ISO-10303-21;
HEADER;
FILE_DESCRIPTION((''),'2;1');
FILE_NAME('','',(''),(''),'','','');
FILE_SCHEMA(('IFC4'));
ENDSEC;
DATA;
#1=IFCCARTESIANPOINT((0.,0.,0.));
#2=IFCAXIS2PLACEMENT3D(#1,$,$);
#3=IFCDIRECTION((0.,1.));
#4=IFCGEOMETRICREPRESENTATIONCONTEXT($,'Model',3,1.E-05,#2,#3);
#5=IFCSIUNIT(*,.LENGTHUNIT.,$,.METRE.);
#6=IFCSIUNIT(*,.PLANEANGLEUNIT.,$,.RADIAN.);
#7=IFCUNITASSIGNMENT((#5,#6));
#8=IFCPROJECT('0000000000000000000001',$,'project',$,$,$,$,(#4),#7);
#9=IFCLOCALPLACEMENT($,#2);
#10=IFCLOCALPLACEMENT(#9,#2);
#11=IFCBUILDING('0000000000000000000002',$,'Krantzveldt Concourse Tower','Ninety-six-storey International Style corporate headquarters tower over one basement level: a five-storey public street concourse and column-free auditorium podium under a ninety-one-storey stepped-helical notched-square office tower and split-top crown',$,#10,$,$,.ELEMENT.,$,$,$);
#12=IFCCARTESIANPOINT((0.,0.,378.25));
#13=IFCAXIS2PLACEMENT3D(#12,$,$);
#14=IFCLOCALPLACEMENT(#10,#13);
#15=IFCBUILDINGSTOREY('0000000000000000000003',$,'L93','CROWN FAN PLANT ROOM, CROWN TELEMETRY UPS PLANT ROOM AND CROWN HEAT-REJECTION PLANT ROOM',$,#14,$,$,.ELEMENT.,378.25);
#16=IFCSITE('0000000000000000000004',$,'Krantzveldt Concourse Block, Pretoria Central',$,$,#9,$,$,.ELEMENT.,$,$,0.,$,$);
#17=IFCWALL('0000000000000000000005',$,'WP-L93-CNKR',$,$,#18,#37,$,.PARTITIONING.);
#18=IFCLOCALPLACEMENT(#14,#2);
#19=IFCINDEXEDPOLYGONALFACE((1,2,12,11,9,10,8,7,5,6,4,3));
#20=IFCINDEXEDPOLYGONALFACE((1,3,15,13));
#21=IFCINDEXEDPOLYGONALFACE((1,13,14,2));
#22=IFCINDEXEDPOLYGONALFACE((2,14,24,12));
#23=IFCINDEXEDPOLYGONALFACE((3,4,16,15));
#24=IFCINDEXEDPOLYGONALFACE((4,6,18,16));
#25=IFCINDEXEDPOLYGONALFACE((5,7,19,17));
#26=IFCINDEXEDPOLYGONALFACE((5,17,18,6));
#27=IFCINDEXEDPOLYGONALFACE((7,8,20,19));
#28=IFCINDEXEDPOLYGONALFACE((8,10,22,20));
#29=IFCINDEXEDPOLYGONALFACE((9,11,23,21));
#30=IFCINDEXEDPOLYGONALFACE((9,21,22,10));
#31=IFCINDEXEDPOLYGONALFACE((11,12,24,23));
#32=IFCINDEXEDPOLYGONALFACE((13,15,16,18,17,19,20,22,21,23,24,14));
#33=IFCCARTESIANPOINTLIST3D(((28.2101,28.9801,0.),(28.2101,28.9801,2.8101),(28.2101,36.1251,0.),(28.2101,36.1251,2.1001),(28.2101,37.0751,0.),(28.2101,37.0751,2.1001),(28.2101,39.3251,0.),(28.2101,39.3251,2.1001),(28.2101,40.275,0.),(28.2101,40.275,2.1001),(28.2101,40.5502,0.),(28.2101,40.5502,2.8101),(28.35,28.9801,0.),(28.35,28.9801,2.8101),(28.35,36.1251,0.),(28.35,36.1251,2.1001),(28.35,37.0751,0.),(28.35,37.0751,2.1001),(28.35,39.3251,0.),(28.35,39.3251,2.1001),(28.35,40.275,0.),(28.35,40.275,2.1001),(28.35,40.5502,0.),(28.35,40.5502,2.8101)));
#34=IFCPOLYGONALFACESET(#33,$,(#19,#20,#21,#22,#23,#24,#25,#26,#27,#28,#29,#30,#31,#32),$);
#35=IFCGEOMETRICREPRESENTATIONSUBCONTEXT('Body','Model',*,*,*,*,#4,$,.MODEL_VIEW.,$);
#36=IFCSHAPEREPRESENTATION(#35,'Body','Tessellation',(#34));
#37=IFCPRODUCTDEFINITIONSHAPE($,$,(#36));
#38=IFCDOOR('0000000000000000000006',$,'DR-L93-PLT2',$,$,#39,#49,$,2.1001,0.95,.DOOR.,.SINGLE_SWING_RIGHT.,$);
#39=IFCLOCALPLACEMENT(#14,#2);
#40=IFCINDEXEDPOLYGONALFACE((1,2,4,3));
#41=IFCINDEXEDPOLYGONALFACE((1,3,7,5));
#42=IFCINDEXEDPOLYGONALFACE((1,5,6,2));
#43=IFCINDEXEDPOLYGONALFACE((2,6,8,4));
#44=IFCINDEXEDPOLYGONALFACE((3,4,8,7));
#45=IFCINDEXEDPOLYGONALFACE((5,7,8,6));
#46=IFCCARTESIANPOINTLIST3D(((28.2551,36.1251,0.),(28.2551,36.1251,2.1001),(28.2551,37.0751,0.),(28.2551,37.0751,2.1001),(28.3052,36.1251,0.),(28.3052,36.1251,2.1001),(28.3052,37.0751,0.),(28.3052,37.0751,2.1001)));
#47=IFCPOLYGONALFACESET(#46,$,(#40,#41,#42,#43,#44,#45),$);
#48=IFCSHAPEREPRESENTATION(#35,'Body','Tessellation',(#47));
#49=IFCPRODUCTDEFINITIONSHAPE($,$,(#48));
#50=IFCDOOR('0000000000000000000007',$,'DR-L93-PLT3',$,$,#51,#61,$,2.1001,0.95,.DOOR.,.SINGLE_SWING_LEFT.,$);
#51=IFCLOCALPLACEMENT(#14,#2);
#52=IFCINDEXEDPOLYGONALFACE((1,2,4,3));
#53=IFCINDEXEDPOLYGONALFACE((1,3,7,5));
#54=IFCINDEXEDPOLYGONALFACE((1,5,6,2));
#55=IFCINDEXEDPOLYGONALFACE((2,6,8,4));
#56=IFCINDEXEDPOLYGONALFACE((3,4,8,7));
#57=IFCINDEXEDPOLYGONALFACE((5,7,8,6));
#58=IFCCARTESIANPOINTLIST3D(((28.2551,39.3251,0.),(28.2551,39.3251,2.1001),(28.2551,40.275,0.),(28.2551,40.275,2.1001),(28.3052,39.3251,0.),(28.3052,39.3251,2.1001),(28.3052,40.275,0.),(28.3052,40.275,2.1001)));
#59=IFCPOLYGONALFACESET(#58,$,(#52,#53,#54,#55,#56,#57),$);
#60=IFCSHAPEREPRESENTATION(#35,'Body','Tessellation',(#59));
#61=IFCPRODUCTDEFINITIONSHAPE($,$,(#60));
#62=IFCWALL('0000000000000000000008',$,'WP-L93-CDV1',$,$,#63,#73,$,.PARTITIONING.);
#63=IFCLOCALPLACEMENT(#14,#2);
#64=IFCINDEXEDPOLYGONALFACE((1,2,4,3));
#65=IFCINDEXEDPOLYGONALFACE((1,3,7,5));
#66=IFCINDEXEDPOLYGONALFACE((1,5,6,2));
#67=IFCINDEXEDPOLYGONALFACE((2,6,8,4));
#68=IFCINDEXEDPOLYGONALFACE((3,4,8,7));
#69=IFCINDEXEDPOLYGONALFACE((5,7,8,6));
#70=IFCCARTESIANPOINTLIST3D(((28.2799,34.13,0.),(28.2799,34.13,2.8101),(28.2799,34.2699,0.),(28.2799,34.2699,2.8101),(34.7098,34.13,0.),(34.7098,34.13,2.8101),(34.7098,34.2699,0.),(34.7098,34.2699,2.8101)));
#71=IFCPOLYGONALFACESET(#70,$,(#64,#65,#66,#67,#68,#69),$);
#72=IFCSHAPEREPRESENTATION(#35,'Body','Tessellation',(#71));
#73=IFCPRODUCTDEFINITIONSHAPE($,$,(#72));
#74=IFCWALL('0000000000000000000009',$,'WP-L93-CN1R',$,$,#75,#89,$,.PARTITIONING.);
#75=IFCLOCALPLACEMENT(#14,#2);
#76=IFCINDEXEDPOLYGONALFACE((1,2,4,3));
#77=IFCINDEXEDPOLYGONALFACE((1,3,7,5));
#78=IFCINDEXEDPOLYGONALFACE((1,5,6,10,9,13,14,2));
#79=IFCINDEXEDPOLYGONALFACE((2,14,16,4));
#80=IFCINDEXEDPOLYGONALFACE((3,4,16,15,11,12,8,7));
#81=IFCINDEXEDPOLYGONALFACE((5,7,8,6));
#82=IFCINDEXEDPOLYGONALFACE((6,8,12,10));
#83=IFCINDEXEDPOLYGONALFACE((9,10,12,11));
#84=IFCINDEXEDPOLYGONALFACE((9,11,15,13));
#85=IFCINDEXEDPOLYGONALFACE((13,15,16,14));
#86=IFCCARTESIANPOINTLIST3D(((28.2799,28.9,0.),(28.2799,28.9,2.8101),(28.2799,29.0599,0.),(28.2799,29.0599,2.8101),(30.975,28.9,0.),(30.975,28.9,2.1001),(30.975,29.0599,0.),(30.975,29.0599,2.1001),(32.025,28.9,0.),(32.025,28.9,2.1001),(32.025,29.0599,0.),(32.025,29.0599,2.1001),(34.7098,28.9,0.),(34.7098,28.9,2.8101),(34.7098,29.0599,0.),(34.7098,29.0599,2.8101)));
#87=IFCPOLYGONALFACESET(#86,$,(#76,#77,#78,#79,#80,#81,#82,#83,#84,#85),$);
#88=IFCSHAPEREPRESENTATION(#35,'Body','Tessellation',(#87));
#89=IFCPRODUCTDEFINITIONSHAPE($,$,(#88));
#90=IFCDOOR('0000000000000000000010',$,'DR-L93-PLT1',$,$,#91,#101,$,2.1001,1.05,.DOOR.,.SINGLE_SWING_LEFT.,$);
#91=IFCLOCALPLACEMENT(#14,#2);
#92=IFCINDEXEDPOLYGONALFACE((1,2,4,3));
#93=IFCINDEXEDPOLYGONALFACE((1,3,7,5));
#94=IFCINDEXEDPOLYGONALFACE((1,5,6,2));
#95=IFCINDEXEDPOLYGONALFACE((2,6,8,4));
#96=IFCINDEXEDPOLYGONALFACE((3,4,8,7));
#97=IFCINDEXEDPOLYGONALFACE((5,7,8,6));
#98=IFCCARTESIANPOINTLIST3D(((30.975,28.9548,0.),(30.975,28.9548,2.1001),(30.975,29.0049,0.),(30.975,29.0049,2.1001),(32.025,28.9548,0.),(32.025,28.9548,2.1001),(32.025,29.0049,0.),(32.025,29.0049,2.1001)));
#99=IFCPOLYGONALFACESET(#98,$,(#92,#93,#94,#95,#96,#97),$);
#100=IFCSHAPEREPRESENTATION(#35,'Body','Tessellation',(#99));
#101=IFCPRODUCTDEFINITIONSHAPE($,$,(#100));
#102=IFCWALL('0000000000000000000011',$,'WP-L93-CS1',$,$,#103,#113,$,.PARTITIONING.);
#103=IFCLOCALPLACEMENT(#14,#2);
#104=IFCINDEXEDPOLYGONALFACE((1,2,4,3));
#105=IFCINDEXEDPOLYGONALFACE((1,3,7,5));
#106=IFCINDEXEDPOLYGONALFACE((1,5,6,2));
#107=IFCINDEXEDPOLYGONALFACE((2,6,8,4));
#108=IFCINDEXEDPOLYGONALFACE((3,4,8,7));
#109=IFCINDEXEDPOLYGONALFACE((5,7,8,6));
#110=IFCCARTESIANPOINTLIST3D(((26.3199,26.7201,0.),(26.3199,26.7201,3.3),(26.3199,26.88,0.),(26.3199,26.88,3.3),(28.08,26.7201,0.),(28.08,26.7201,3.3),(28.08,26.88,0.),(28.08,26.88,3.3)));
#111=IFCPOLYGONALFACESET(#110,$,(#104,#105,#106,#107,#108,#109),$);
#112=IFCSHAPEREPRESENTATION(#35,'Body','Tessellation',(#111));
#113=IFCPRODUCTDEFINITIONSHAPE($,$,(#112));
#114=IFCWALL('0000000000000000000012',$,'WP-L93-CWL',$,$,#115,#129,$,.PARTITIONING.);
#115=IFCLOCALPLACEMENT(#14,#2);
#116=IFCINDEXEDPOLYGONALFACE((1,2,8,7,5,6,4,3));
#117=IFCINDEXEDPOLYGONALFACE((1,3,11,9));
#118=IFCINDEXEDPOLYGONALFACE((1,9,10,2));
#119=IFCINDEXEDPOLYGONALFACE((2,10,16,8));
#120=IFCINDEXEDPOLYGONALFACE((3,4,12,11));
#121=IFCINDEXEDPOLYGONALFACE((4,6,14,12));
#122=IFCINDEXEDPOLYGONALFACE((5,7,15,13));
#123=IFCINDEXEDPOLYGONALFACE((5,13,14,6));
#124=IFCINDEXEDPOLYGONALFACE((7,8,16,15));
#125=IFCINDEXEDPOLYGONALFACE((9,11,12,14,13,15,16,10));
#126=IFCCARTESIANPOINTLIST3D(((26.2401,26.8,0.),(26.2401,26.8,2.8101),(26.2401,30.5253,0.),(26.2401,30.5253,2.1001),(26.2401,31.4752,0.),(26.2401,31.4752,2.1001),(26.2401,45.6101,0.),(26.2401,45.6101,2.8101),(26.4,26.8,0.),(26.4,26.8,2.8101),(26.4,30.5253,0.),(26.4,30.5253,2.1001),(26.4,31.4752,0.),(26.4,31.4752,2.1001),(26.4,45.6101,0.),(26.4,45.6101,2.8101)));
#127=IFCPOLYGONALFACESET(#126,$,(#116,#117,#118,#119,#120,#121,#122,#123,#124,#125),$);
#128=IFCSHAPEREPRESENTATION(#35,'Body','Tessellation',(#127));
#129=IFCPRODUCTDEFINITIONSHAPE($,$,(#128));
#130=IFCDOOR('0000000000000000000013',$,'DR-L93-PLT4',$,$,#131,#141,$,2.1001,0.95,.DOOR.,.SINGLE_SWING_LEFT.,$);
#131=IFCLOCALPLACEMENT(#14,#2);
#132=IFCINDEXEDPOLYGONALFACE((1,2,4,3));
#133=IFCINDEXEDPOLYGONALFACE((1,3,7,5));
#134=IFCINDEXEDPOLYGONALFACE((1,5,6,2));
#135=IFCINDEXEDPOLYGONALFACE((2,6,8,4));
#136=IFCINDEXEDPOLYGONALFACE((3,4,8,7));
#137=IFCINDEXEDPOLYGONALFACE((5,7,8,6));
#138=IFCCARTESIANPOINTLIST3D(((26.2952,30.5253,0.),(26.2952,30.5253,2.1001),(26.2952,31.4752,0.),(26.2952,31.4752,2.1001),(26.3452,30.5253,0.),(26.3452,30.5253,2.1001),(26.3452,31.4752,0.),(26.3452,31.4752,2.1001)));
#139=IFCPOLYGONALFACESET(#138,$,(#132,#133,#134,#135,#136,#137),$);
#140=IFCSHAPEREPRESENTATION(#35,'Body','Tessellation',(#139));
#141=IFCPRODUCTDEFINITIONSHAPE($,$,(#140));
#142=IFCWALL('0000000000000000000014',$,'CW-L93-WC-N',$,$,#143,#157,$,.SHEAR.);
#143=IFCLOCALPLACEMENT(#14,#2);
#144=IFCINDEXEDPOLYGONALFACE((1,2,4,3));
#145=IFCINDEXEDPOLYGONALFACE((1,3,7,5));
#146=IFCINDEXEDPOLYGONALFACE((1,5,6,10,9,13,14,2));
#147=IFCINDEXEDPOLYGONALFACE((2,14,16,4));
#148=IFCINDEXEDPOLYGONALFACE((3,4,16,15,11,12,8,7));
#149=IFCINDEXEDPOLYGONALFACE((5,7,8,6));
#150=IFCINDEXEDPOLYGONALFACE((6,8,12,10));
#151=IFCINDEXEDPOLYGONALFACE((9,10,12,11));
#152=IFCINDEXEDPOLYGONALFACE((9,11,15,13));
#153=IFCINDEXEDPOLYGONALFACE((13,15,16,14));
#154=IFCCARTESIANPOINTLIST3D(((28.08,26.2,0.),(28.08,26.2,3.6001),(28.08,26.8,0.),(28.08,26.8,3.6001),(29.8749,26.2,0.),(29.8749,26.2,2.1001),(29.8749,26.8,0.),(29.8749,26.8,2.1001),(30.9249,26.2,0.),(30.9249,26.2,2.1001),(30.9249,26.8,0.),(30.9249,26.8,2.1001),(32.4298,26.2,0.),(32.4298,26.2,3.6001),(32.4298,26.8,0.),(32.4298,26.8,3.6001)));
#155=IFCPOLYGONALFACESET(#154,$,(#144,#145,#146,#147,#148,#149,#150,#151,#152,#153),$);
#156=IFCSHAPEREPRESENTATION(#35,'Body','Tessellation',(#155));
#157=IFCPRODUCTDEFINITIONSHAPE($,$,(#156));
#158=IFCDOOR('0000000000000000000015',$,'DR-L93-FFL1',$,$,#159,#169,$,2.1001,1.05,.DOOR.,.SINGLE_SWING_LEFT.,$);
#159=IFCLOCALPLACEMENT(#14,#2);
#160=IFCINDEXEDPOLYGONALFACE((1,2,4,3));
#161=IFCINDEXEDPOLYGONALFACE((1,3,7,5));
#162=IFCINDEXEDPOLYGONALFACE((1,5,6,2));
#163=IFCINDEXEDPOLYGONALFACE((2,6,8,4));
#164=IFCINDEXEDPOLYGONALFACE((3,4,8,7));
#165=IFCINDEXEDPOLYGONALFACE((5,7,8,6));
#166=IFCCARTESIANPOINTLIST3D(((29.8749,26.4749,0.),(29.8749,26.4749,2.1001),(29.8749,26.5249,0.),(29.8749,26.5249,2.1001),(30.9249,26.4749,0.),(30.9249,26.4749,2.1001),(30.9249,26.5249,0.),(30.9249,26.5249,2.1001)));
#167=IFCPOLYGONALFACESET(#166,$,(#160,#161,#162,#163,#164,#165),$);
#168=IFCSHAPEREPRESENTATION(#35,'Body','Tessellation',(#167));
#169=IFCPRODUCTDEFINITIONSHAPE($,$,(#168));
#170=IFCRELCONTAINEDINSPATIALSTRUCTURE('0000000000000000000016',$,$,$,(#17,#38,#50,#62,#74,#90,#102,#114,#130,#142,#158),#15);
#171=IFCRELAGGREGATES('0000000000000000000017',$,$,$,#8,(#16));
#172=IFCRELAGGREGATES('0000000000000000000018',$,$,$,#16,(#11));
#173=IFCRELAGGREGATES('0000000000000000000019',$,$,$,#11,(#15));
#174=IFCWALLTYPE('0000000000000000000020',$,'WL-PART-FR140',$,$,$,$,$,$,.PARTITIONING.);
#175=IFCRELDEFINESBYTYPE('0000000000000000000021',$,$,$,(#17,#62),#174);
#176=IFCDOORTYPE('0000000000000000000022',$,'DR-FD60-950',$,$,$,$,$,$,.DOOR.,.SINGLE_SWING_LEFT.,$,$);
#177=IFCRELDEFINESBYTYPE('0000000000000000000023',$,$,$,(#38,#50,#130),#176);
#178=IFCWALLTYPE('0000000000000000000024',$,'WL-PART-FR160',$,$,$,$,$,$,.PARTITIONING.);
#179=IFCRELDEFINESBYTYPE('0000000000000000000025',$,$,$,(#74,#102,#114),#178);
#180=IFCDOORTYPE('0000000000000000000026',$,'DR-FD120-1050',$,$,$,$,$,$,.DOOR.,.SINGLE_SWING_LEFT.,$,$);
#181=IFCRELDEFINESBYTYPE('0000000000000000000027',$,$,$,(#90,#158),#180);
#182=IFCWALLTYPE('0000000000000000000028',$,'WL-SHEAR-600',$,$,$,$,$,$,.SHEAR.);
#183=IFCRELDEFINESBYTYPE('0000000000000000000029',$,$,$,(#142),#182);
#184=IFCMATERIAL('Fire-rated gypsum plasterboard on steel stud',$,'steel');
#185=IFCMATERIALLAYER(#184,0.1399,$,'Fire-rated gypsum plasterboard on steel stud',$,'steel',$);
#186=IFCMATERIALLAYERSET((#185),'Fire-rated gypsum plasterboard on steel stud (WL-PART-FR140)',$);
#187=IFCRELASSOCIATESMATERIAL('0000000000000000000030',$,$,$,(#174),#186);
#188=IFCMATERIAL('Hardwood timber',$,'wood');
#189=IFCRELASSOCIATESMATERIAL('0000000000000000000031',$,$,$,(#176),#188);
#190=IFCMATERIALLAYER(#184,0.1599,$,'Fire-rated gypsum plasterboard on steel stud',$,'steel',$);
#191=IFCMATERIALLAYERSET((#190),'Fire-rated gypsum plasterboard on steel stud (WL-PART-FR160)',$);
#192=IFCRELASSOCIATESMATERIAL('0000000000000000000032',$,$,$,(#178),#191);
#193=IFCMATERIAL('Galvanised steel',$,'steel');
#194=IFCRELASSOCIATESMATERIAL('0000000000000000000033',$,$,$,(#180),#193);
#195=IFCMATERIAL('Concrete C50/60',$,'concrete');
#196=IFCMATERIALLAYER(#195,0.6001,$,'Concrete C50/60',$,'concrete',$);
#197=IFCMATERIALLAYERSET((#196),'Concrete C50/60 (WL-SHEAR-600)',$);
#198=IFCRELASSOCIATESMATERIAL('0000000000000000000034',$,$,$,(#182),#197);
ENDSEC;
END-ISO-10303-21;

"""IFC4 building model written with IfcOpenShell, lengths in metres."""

from ifc_helpers import new_model, si_unit, direction, frame, frame_2d, origin, place, context, subcontext, project, spatial, rectangle, extrude, material, layer, layer_set, type_object, element, fill, save


model = new_model("IFC4")

# Units and contexts
model_context = context("Model", 3, precision=1e-05, world=origin(), true_north=direction((0.0, 1.0)))
body_context = subcontext(model_context, "Body", "Model", "MODEL_VIEW")
ifc_project = project(units=[si_unit("LENGTHUNIT", "METRE"), si_unit("PLANEANGLEUNIT", "RADIAN")], contexts=[model_context])

# Site, building, storey
site_placement = place(None, origin())
site = spatial("IfcSite", under=ifc_project, at=site_placement, Name="Krantzveldt Concourse Block, Pretoria Central", CompositionType="ELEMENT", RefElevation=0.0)
building_placement = place(site_placement, origin())
building = spatial("IfcBuilding", under=site, at=building_placement, Name="Krantzveldt Concourse Tower", Description="Ninety-six-storey International Style corporate headquarters tower over one basement level: a five-storey public street concourse and column-free auditorium podium under a ninety-one-storey stepped-helical notched-square office tower and split-top crown", CompositionType="ELEMENT")
storey_placement = place(building_placement, frame((0.0, 0.0, 378.25)))
storey = spatial("IfcBuildingStorey", under=building, at=storey_placement, Name="L93", Description="CROWN FAN PLANT ROOM, CROWN TELEMETRY UPS PLANT ROOM AND CROWN HEAT-REJECTION PLANT ROOM", CompositionType="ELEMENT", Elevation=378.25)

# Shared definitions
ifc_material_1 = material(Name="Fire-rated gypsum plasterboard on steel stud", Category="steel")
ifc_layer_1 = layer(ifc_material_1, 0.1399, Name="Fire-rated gypsum plasterboard on steel stud", Category="steel")
ifc_layer_set_1 = layer_set([ifc_layer_1], Name="Fire-rated gypsum plasterboard on steel stud (WL-PART-FR140)")
wall_type_1 = type_object("IfcWallType", Name="WL-PART-FR140", PredefinedType="PARTITIONING", material=ifc_layer_set_1)

# Wall, openings, doors
wall_1_placement = place(storey_placement, frame((28.28, 28.98, 0.0), z_axis=(0.0, 0.0, 1.0), x_axis=(0.0, 1.0, 0.0)))
wall_1 = element("IfcWall", 1, at=wall_1_placement, inside=storey, type_object=wall_type_1, Name="WP-L93-CNKR", PredefinedType="PARTITIONING", context=body_context, shape_type="SweptSolid", body=[
    extrude(rectangle(XDim=11.5701, YDim=0.1399, at=frame_2d((5.7852, 0.0))), origin(), (0.0, 0.0, 1.0), 2.8101),
])
opening_1_placement = place(wall_1_placement, frame((7.145, 0.0, 0.0)))
opening_1 = element("IfcOpeningElement", 2, at=opening_1_placement, cuts=wall_1, PredefinedType="OPENING", context=body_context, shape_type="SweptSolid", body=[
    extrude(rectangle(XDim=0.95, YDim=2.1001, at=frame_2d((0.4751, 1.05))), frame((0.0, 0.0801, 0.0), z_axis=(0.0, -1.0, 0.0), x_axis=(1.0, 0.0, 0.0)), (0.0, 0.0, 1.0), 0.1599),
])
opening_2_placement = place(wall_1_placement, frame((10.345, 0.0, 0.0)))
opening_2 = element("IfcOpeningElement", 3, at=opening_2_placement, cuts=wall_1, PredefinedType="OPENING", context=body_context, shape_type="SweptSolid", body=[
    extrude(rectangle(XDim=0.95, YDim=2.1001, at=frame_2d((0.4751, 1.05))), frame((0.0, 0.0801, 0.0), z_axis=(0.0, -1.0, 0.0), x_axis=(1.0, 0.0, 0.0)), (0.0, 0.0, 1.0), 0.1599),
])
ifc_material_2 = material(Name="Hardwood timber", Category="wood")
door_type_1 = type_object("IfcDoorType", Name="DR-FD60-950", OperationType="SINGLE_SWING_LEFT", PredefinedType="DOOR", material=ifc_material_2)
door_1_placement = place(opening_1_placement, origin())
door_1 = element("IfcDoor", 4, at=door_1_placement, inside=storey, type_object=door_type_1, Name="DR-L93-PLT2", OperationType="SINGLE_SWING_RIGHT", OverallHeight=2.1001, OverallWidth=0.95, PredefinedType="DOOR", context=body_context, shape_type="SweptSolid", body=[
    extrude(rectangle(XDim=0.95, YDim=2.1001, at=frame_2d((0.4751, 1.05))), frame((0.0, 0.0249, 0.0), z_axis=(0.0, -1.0, 0.0), x_axis=(1.0, 0.0, 0.0)), (0.0, 0.0, 1.0), 0.05),
])
fill(opening_1, door_1)
door_2_placement = place(opening_2_placement, origin())
door_2 = element("IfcDoor", 5, at=door_2_placement, inside=storey, type_object=door_type_1, Name="DR-L93-PLT3", OperationType="SINGLE_SWING_LEFT", OverallHeight=2.1001, OverallWidth=0.95, PredefinedType="DOOR", context=body_context, shape_type="SweptSolid", body=[
    extrude(rectangle(XDim=0.95, YDim=2.1001, at=frame_2d((0.4751, 1.05))), frame((0.0, 0.0249, 0.0), z_axis=(0.0, -1.0, 0.0), x_axis=(1.0, 0.0, 0.0)), (0.0, 0.0, 1.0), 0.05),
])
fill(opening_2, door_2)

# Wall
wall_2_placement = place(storey_placement, frame((28.28, 34.2, 0.0), z_axis=(0.0, 0.0, 1.0), x_axis=(1.0, 0.0, 0.0)))
element("IfcWall", 6, at=wall_2_placement, inside=storey, type_object=wall_type_1, Name="WP-L93-CDV1", PredefinedType="PARTITIONING", context=body_context, shape_type="SweptSolid", body=[
    extrude(rectangle(XDim=6.4299, YDim=0.1399, at=frame_2d((3.2148, 0.0))), origin(), (0.0, 0.0, 1.0), 2.8101),
])

# Wall, opening, door
ifc_layer_2 = layer(ifc_material_1, 0.1599, Name="Fire-rated gypsum plasterboard on steel stud", Category="steel")
ifc_layer_set_2 = layer_set([ifc_layer_2], Name="Fire-rated gypsum plasterboard on steel stud (WL-PART-FR160)")
wall_type_2 = type_object("IfcWallType", Name="WL-PART-FR160", PredefinedType="PARTITIONING", material=ifc_layer_set_2)
wall_3_placement = place(storey_placement, frame((28.28, 28.98, 0.0), z_axis=(0.0, 0.0, 1.0), x_axis=(1.0, 0.0, 0.0)))
wall_3 = element("IfcWall", 7, at=wall_3_placement, inside=storey, type_object=wall_type_2, Name="WP-L93-CN1R", PredefinedType="PARTITIONING", context=body_context, shape_type="SweptSolid", body=[
    extrude(rectangle(XDim=6.4299, YDim=0.1599, at=frame_2d((3.2148, 0.0))), origin(), (0.0, 0.0, 1.0), 2.8101),
])
opening_3_placement = place(wall_3_placement, frame((2.6951, 0.0, 0.0)))
opening_3 = element("IfcOpeningElement", 8, at=opening_3_placement, cuts=wall_3, PredefinedType="OPENING", context=body_context, shape_type="SweptSolid", body=[
    extrude(rectangle(XDim=1.05, YDim=2.1001, at=frame_2d((0.5249, 1.05))), frame((0.0, 0.0898, 0.0), z_axis=(0.0, -1.0, 0.0), x_axis=(1.0, 0.0, 0.0)), (0.0, 0.0, 1.0), 0.1799),
])
ifc_material_3 = material(Name="Galvanised steel", Category="steel")
door_type_2 = type_object("IfcDoorType", Name="DR-FD120-1050", OperationType="SINGLE_SWING_LEFT", PredefinedType="DOOR", material=ifc_material_3)
door_3_placement = place(opening_3_placement, origin())
door_3 = element("IfcDoor", 9, at=door_3_placement, inside=storey, type_object=door_type_2, Name="DR-L93-PLT1", OperationType="SINGLE_SWING_LEFT", OverallHeight=2.1001, OverallWidth=1.05, PredefinedType="DOOR", context=body_context, shape_type="SweptSolid", body=[
    extrude(rectangle(XDim=1.05, YDim=2.1001, at=frame_2d((0.5249, 1.05))), frame((0.0, 0.0249, 0.0), z_axis=(0.0, -1.0, 0.0), x_axis=(1.0, 0.0, 0.0)), (0.0, 0.0, 1.0), 0.05),
])
fill(opening_3, door_3)

# Wall
wall_4_placement = place(storey_placement, frame((26.3201, 26.8, 0.0), z_axis=(0.0, 0.0, 1.0), x_axis=(1.0, 0.0, 0.0)))
element("IfcWall", 10, at=wall_4_placement, inside=storey, type_object=wall_type_2, Name="WP-L93-CS1", PredefinedType="PARTITIONING", context=body_context, shape_type="SweptSolid", body=[
    extrude(rectangle(XDim=1.76, YDim=0.1599, at=frame_2d((0.8799, 0.0))), origin(), (0.0, 0.0, 1.0), 3.3),
])

# Walls, openings, doors
wall_5_placement = place(storey_placement, frame((26.3201, 26.8, 0.0), z_axis=(0.0, 0.0, 1.0), x_axis=(0.0, 1.0, 0.0)))
wall_5 = element("IfcWall", 11, at=wall_5_placement, inside=storey, type_object=wall_type_2, Name="WP-L93-CWL", PredefinedType="PARTITIONING", context=body_context, shape_type="SweptSolid", body=[
    extrude(rectangle(XDim=18.8101, YDim=0.1599, at=frame_2d((9.405, 0.0))), origin(), (0.0, 0.0, 1.0), 2.8101),
])
opening_4_placement = place(wall_5_placement, frame((3.7251, 0.0, 0.0)))
opening_4 = element("IfcOpeningElement", 12, at=opening_4_placement, cuts=wall_5, PredefinedType="OPENING", context=body_context, shape_type="SweptSolid", body=[
    extrude(rectangle(XDim=0.95, YDim=2.1001, at=frame_2d((0.4751, 1.05))), frame((0.0, 0.0898, 0.0), z_axis=(0.0, -1.0, 0.0), x_axis=(1.0, 0.0, 0.0)), (0.0, 0.0, 1.0), 0.1799),
])
door_4_placement = place(opening_4_placement, origin())
door_4 = element("IfcDoor", 13, at=door_4_placement, inside=storey, type_object=door_type_1, Name="DR-L93-PLT4", OperationType="SINGLE_SWING_LEFT", OverallHeight=2.1001, OverallWidth=0.95, PredefinedType="DOOR", context=body_context, shape_type="SweptSolid", body=[
    extrude(rectangle(XDim=0.95, YDim=2.1001, at=frame_2d((0.4751, 1.05))), frame((0.0, 0.0249, 0.0), z_axis=(0.0, -1.0, 0.0), x_axis=(1.0, 0.0, 0.0)), (0.0, 0.0, 1.0), 0.05),
])
fill(opening_4, door_4)
ifc_material_4 = material(Name="Concrete C50/60", Category="concrete")
ifc_layer_3 = layer(ifc_material_4, 0.6001, Name="Concrete C50/60", Category="concrete")
ifc_layer_set_3 = layer_set([ifc_layer_3], Name="Concrete C50/60 (WL-SHEAR-600)")
wall_type_3 = type_object("IfcWallType", Name="WL-SHEAR-600", PredefinedType="SHEAR", material=ifc_layer_set_3)
wall_6_placement = place(storey_placement, frame((28.0801, 26.5, 0.0), z_axis=(0.0, 0.0, 1.0), x_axis=(1.0, 0.0, 0.0)))
wall_6 = element("IfcWall", 14, at=wall_6_placement, inside=storey, type_object=wall_type_3, Name="CW-L93-WC-N", PredefinedType="SHEAR", context=body_context, shape_type="SweptSolid", body=[
    extrude(rectangle(XDim=4.3499, YDim=0.6001, at=frame_2d((2.1748, 0.0))), origin(), (0.0, 0.0, 1.0), 3.6001),
])
opening_5_placement = place(wall_6_placement, frame((1.7949, 0.0, 0.0)))
opening_5 = element("IfcOpeningElement", 15, at=opening_5_placement, cuts=wall_6, PredefinedType="OPENING", context=body_context, shape_type="SweptSolid", body=[
    extrude(rectangle(XDim=1.05, YDim=2.1001, at=frame_2d((0.5249, 1.05))), frame((0.0, 0.3101, 0.0), z_axis=(0.0, -1.0, 0.0), x_axis=(1.0, 0.0, 0.0)), (0.0, 0.0, 1.0), 0.6201),
])
door_5_placement = place(opening_5_placement, origin())
door_5 = element("IfcDoor", 16, at=door_5_placement, inside=storey, type_object=door_type_2, Name="DR-L93-FFL1", OperationType="SINGLE_SWING_LEFT", OverallHeight=2.1001, OverallWidth=1.05, PredefinedType="DOOR", context=body_context, shape_type="SweptSolid", body=[
    extrude(rectangle(XDim=1.05, YDim=2.1001, at=frame_2d((0.5249, 1.05))), frame((0.0, 0.0249, 0.0), z_axis=(0.0, -1.0, 0.0), x_axis=(1.0, 0.0, 0.0)), (0.0, 0.0, 1.0), 0.05),
])
fill(opening_5, door_5)

save(model, "model.ifc")
